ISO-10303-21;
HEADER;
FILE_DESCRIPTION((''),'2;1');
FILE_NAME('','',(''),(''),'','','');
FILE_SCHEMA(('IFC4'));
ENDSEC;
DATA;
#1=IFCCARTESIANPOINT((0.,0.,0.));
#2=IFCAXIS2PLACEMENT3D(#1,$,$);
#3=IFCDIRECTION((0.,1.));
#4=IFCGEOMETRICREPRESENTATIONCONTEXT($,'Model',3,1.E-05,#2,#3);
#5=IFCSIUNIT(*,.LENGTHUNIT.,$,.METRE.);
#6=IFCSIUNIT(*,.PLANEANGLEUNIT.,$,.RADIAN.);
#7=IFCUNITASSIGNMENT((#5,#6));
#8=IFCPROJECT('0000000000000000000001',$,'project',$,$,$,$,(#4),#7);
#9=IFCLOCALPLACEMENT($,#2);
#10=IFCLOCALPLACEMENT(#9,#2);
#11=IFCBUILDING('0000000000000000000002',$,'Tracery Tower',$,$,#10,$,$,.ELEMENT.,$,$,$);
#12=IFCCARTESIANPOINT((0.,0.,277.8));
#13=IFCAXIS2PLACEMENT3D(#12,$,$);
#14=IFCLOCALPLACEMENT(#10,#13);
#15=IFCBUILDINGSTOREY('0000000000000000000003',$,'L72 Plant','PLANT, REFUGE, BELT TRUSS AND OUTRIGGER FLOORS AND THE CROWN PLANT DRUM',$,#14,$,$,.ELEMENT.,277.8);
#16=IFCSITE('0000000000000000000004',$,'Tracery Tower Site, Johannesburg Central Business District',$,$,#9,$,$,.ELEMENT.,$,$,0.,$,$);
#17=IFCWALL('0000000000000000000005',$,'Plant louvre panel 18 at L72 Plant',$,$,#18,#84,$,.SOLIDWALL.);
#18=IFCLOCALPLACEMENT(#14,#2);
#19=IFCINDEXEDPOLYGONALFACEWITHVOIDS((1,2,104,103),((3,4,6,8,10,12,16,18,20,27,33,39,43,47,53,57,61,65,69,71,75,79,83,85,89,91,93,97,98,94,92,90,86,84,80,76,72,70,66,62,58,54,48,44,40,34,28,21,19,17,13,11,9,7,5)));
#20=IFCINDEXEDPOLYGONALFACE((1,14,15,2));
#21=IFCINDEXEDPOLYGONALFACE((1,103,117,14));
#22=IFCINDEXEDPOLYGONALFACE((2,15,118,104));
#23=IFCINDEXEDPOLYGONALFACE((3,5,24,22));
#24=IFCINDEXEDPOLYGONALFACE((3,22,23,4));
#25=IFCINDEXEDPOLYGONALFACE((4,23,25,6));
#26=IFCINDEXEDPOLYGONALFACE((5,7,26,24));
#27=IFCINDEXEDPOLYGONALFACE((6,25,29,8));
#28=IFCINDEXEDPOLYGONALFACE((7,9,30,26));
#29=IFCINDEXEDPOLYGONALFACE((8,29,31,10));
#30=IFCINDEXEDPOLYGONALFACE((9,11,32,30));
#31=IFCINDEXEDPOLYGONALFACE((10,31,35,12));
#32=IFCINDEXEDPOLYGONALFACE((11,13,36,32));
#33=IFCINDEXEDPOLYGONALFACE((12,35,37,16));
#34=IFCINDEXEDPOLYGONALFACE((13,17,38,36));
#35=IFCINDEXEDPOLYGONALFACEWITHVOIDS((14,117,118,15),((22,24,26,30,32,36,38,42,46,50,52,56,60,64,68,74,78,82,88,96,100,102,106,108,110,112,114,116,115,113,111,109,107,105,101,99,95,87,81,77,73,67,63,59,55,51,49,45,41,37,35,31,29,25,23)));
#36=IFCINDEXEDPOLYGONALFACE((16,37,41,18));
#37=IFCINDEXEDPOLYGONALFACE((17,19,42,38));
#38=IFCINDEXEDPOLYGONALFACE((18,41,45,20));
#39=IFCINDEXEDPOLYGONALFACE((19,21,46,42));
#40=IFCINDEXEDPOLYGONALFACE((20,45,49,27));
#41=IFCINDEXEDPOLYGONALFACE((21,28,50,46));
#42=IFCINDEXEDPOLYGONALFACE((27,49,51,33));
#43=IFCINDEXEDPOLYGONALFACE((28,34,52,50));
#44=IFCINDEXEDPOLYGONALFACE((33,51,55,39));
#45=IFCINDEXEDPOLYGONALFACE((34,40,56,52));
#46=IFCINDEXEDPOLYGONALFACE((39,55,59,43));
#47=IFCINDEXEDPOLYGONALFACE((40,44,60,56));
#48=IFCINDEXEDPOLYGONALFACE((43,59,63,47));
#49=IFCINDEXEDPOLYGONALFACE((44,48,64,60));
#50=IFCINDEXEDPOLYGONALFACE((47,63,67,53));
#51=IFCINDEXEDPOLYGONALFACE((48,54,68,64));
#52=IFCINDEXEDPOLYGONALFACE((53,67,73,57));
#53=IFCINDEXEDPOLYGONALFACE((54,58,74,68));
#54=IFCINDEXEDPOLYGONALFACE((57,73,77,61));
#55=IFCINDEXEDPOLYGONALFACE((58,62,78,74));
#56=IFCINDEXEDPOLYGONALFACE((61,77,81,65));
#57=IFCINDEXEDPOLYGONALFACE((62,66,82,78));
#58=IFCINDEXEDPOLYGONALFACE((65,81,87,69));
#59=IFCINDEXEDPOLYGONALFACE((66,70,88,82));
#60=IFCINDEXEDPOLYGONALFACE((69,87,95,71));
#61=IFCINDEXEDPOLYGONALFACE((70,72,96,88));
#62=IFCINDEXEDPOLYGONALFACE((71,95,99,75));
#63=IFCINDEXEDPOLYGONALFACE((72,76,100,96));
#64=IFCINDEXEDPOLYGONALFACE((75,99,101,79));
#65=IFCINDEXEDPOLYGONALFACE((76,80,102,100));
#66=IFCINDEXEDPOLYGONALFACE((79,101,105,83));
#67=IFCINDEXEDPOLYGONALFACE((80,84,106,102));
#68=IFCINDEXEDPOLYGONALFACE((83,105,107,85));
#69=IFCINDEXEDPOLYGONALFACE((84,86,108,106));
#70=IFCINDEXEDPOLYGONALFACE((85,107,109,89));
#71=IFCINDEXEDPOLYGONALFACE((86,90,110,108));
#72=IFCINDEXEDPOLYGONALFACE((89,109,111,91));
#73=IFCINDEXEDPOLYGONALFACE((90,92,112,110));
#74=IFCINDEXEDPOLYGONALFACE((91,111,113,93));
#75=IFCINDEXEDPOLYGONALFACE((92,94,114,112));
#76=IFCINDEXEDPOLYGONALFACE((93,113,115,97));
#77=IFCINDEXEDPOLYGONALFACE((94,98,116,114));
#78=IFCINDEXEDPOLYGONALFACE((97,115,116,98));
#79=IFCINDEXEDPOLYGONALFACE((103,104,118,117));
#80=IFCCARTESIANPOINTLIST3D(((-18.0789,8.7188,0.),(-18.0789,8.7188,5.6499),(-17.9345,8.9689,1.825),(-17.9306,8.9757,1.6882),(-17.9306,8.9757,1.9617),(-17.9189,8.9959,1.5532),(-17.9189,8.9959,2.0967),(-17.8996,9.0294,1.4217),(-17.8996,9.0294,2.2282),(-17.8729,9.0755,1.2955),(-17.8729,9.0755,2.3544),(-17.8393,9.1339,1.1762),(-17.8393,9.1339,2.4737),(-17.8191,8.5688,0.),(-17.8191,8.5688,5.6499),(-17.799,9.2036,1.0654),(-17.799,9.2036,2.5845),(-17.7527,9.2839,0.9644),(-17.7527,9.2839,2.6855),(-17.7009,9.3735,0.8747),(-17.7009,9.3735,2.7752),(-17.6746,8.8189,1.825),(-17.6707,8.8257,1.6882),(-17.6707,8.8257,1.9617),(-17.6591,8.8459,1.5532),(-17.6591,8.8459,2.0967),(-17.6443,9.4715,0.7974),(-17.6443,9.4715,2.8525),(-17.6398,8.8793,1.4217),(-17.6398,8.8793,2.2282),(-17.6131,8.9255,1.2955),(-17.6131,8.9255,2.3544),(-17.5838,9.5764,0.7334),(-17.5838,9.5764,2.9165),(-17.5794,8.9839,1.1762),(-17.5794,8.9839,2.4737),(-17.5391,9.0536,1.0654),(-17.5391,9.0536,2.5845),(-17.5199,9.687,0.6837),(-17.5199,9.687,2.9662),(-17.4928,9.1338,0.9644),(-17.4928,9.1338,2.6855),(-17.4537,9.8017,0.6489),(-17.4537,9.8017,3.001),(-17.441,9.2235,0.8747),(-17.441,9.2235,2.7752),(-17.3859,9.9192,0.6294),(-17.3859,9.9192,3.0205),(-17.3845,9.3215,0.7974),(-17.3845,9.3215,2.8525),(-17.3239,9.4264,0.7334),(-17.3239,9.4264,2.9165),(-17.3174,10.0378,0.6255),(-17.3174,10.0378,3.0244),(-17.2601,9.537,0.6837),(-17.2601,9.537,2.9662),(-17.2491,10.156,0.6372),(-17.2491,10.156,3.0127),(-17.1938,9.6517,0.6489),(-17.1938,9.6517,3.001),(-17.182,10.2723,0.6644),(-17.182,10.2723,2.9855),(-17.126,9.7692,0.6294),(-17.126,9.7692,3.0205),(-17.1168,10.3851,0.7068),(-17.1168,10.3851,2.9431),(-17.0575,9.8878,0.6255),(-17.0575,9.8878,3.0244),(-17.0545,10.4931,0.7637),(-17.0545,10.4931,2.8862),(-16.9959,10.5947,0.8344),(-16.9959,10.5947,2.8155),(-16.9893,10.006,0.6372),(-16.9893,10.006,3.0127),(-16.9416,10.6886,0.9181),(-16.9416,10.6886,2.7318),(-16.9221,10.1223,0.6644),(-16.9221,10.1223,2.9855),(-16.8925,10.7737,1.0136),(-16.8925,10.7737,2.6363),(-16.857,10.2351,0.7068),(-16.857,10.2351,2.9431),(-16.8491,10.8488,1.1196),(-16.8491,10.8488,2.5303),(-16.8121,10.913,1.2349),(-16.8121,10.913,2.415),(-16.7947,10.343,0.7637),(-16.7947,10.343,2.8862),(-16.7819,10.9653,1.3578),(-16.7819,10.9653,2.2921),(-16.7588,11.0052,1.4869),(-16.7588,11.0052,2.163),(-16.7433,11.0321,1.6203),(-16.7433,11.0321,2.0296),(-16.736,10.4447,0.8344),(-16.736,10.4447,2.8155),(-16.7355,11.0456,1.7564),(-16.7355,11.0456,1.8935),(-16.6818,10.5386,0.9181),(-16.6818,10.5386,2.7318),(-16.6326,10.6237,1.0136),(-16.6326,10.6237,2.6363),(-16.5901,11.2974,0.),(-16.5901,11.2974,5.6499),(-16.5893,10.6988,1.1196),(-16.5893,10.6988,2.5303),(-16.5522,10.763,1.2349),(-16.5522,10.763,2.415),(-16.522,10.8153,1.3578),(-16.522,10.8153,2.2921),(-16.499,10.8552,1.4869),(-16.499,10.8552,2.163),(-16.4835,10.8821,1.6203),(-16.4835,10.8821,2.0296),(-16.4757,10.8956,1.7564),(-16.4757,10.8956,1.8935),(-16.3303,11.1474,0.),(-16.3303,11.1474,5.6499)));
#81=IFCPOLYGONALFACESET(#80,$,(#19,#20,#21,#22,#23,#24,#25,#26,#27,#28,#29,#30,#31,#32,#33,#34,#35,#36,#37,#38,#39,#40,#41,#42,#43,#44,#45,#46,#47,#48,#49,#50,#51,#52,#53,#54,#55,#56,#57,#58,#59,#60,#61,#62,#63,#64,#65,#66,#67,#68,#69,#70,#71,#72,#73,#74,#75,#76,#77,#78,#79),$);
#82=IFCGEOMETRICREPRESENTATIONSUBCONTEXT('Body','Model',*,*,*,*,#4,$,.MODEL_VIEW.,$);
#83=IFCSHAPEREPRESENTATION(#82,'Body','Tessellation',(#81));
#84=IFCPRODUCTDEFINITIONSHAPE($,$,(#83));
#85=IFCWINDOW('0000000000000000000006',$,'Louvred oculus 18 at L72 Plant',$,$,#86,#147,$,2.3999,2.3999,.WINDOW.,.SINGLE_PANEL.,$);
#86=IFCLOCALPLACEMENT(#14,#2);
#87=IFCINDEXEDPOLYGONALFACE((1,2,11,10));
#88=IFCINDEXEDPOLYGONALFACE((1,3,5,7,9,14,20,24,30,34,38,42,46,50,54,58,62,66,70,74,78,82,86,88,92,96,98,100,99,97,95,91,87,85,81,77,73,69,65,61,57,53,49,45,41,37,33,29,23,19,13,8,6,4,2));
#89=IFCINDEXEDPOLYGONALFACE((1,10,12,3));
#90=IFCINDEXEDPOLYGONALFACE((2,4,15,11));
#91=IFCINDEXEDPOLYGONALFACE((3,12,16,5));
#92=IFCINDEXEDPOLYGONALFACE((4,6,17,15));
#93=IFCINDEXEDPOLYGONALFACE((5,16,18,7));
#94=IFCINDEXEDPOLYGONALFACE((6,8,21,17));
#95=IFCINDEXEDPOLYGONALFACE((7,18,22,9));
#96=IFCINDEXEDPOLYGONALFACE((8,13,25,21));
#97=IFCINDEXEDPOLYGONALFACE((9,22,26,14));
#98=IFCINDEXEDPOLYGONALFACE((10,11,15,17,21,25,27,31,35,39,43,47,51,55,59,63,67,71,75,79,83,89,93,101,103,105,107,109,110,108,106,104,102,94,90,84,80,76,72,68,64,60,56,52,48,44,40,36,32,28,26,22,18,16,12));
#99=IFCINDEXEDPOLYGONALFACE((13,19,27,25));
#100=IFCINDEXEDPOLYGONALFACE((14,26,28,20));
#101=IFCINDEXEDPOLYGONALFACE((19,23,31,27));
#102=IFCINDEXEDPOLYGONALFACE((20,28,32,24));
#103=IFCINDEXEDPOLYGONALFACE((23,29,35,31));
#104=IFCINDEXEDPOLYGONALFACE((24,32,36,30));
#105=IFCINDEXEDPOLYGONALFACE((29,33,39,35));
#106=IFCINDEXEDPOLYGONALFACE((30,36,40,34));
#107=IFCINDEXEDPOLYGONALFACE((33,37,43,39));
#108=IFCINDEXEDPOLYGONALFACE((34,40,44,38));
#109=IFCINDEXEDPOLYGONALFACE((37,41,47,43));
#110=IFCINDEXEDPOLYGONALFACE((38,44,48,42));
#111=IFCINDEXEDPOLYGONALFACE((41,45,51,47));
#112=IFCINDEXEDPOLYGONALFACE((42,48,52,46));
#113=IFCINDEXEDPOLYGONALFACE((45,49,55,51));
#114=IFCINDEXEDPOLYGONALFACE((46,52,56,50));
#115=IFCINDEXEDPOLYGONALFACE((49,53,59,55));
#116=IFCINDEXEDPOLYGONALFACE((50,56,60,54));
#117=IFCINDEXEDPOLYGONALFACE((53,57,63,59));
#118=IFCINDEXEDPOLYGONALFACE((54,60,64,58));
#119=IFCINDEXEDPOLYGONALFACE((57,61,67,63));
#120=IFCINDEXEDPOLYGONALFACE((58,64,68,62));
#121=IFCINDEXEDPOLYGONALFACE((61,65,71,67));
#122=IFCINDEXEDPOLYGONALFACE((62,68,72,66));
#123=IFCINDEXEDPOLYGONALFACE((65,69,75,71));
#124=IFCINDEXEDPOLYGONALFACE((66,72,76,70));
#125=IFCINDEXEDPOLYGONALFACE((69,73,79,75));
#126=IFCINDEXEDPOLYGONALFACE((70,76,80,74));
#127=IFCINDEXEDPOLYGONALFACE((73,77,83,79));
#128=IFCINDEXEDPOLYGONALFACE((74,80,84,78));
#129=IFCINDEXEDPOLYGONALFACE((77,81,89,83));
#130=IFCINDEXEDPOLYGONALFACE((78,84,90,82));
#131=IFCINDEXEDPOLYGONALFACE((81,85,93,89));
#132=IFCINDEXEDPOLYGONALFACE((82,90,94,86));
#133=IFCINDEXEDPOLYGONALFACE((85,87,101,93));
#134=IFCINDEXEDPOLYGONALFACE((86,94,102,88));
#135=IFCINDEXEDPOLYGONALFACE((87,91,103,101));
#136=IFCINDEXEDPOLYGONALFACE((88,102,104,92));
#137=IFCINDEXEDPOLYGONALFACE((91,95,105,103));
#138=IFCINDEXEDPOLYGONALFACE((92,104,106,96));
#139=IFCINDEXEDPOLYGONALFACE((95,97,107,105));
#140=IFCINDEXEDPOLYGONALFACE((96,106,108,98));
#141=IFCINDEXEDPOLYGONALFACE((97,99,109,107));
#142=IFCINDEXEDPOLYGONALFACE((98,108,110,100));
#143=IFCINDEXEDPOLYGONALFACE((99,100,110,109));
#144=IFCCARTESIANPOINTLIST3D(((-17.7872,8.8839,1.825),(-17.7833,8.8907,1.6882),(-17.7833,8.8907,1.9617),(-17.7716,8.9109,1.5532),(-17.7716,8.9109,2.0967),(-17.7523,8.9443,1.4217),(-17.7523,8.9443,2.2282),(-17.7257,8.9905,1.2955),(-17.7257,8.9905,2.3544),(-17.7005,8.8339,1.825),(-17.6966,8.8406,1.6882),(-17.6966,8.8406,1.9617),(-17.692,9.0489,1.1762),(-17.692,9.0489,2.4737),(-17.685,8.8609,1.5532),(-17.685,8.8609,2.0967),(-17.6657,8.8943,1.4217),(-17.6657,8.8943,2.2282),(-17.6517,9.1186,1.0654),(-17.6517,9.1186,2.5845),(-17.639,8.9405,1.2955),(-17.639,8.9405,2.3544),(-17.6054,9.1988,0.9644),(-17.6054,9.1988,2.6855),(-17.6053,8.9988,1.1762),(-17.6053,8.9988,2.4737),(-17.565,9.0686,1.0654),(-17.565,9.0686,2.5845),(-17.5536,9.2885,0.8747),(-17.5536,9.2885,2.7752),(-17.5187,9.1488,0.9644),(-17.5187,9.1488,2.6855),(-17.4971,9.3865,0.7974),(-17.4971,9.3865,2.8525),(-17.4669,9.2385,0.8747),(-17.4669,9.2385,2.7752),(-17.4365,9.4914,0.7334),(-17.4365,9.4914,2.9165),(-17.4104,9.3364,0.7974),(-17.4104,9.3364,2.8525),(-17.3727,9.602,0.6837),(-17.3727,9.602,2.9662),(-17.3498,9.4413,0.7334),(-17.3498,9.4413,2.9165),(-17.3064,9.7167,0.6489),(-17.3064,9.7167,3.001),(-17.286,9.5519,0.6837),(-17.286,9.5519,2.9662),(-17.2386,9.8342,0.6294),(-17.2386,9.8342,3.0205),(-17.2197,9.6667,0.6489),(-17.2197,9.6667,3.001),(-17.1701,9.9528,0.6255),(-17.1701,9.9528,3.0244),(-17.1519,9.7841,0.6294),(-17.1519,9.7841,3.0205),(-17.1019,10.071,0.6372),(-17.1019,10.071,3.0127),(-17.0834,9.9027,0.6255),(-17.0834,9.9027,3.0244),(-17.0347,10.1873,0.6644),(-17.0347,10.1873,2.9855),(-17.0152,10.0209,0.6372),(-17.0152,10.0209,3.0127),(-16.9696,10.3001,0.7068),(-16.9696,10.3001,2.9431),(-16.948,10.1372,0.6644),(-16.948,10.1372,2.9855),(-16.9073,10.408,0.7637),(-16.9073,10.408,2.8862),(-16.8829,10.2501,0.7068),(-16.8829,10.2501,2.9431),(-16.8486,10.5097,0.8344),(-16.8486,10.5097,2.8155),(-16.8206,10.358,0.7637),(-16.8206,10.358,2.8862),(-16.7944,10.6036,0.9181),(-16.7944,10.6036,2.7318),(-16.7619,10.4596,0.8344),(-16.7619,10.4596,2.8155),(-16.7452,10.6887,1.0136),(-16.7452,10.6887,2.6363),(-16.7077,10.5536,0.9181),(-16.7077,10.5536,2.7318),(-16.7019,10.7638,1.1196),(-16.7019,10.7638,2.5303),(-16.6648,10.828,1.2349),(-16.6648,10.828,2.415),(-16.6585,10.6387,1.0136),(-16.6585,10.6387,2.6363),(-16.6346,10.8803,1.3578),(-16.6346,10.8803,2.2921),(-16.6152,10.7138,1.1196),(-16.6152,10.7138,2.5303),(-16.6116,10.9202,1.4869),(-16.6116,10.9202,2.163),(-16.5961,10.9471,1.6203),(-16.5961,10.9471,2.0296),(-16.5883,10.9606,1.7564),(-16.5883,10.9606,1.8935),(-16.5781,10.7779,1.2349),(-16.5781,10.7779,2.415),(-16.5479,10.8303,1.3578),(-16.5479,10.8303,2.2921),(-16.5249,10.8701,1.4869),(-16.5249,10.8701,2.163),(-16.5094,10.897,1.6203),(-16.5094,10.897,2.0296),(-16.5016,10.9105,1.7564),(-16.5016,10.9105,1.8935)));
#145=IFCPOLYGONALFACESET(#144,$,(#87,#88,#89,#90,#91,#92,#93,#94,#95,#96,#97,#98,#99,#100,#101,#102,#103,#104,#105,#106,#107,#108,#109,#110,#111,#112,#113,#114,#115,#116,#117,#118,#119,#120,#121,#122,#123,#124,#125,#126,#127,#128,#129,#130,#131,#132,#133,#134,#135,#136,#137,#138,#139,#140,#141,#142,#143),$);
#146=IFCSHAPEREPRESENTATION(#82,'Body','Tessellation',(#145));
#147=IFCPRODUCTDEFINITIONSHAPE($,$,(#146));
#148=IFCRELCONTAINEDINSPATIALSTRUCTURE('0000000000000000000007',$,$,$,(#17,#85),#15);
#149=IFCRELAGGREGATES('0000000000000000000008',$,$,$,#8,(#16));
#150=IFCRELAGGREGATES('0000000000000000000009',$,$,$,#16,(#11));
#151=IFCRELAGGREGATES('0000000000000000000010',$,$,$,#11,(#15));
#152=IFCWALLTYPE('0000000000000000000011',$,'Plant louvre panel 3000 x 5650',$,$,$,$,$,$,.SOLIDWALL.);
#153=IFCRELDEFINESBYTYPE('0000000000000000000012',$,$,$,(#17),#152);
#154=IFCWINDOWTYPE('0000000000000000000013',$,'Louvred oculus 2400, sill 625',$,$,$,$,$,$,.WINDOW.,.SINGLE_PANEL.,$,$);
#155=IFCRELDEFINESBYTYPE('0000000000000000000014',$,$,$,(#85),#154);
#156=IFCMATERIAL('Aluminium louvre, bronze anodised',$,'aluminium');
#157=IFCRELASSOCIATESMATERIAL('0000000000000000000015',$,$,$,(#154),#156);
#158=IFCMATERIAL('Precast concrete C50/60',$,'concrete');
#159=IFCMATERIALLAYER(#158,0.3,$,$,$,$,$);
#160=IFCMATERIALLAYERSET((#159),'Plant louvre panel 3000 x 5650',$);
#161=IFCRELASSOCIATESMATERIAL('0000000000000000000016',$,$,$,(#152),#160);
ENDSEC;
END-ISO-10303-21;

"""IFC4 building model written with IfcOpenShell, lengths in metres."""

from ifc_helpers import new_model, si_unit, direction, frame, frame_2d, origin, origin_2d, place, context, subcontext, project, spatial, rectangle, circle, extrude, material, layer, layer_set, type_object, element, fill, save


model = new_model("IFC4")

# Units and contexts
model_context = context("Model", 3, precision=1e-05, world=origin(), true_north=direction((0.0, 1.0)))
body_context = subcontext(model_context, "Body", "Model", "MODEL_VIEW")
ifc_project = project(units=[si_unit("LENGTHUNIT", "METRE"), si_unit("PLANEANGLEUNIT", "RADIAN")], contexts=[model_context])

# Site, building, storey
site_placement = place(None, origin())
site = spatial("IfcSite", under=ifc_project, at=site_placement, Name="Tracery Tower Site, Johannesburg Central Business District", CompositionType="ELEMENT", RefElevation=0.0)
building_placement = place(site_placement, origin())
building = spatial("IfcBuilding", under=site, at=building_placement, Name="Tracery Tower", CompositionType="ELEMENT")
storey_placement = place(building_placement, frame((0.0, 0.0, 277.8)))
storey = spatial("IfcBuildingStorey", under=building, at=storey_placement, Name="L72 Plant", Description="PLANT, REFUGE, BELT TRUSS AND OUTRIGGER FLOORS AND THE CROWN PLANT DRUM", CompositionType="ELEMENT", Elevation=277.8)

# Wall, opening, window
ifc_material_1 = material(Name="Aluminium louvre, bronze anodised", Category="aluminium")
window_type = type_object("IfcWindowType", Name="Louvred oculus 2400, sill 625", PartitioningType="SINGLE_PANEL", PredefinedType="WINDOW", material=ifc_material_1)
ifc_material_2 = material(Name="Precast concrete C50/60", Category="concrete")
ifc_layer_1 = layer(ifc_material_2, 0.3)
ifc_layer_set_1 = layer_set([ifc_layer_1], Name="Plant louvre panel 3000 x 5650")
wall_type_1 = type_object("IfcWallType", Name="Plant louvre panel 3000 x 5650", PredefinedType="SOLIDWALL", material=ifc_layer_set_1)
wall_1_placement = place(storey_placement, frame((-16.4602, 11.2224, 0.0), z_axis=(0.0, 0.0, 1.0), x_axis=(-0.500002, -0.866024, 0.0)))
wall_1 = element("IfcWall", 1, at=wall_1_placement, inside=storey, type_object=wall_type_1, Name="Plant louvre panel 18 at L72 Plant", PredefinedType="SOLIDWALL", context=body_context, shape_type="SweptSolid", body=[
    extrude(rectangle(XDim=2.9775, YDim=0.3, at=frame_2d((1.4888, 0.0))), origin(), (0.0, 0.0, 1.0), 5.6499),
])
opening_1_placement = place(wall_1_placement, frame((1.4888, 0.0, 1.825)))
opening_1 = element("IfcOpeningElement", 2, at=opening_1_placement, cuts=wall_1, PredefinedType="OPENING", context=body_context, shape_type="SweptSolid", body=[
    extrude(circle(Radius=1.2, at=origin_2d()), frame((0.0, 0.1599, 0.0), z_axis=(0.0, -1.0, 0.0), x_axis=(1.0, 0.0, 0.0)), (0.0, 0.0, 1.0), 0.3201),
])
window_1_placement = place(opening_1_placement, origin())
window_1 = element("IfcWindow", 3, at=window_1_placement, inside=storey, type_object=window_type, Name="Louvred oculus 18 at L72 Plant", OverallHeight=2.3999, OverallWidth=2.3999, PartitioningType="SINGLE_PANEL", PredefinedType="WINDOW", context=body_context, shape_type="SweptSolid", body=[
    extrude(circle(Radius=1.2, at=origin_2d()), frame((0.0, 0.1201, 0.0), z_axis=(0.0, -1.0, 0.0), x_axis=(1.0, 0.0, 0.0)), (0.0, 0.0, 1.0), 0.1001),
])
fill(opening_1, window_1)

save(model, "model.ifc")
